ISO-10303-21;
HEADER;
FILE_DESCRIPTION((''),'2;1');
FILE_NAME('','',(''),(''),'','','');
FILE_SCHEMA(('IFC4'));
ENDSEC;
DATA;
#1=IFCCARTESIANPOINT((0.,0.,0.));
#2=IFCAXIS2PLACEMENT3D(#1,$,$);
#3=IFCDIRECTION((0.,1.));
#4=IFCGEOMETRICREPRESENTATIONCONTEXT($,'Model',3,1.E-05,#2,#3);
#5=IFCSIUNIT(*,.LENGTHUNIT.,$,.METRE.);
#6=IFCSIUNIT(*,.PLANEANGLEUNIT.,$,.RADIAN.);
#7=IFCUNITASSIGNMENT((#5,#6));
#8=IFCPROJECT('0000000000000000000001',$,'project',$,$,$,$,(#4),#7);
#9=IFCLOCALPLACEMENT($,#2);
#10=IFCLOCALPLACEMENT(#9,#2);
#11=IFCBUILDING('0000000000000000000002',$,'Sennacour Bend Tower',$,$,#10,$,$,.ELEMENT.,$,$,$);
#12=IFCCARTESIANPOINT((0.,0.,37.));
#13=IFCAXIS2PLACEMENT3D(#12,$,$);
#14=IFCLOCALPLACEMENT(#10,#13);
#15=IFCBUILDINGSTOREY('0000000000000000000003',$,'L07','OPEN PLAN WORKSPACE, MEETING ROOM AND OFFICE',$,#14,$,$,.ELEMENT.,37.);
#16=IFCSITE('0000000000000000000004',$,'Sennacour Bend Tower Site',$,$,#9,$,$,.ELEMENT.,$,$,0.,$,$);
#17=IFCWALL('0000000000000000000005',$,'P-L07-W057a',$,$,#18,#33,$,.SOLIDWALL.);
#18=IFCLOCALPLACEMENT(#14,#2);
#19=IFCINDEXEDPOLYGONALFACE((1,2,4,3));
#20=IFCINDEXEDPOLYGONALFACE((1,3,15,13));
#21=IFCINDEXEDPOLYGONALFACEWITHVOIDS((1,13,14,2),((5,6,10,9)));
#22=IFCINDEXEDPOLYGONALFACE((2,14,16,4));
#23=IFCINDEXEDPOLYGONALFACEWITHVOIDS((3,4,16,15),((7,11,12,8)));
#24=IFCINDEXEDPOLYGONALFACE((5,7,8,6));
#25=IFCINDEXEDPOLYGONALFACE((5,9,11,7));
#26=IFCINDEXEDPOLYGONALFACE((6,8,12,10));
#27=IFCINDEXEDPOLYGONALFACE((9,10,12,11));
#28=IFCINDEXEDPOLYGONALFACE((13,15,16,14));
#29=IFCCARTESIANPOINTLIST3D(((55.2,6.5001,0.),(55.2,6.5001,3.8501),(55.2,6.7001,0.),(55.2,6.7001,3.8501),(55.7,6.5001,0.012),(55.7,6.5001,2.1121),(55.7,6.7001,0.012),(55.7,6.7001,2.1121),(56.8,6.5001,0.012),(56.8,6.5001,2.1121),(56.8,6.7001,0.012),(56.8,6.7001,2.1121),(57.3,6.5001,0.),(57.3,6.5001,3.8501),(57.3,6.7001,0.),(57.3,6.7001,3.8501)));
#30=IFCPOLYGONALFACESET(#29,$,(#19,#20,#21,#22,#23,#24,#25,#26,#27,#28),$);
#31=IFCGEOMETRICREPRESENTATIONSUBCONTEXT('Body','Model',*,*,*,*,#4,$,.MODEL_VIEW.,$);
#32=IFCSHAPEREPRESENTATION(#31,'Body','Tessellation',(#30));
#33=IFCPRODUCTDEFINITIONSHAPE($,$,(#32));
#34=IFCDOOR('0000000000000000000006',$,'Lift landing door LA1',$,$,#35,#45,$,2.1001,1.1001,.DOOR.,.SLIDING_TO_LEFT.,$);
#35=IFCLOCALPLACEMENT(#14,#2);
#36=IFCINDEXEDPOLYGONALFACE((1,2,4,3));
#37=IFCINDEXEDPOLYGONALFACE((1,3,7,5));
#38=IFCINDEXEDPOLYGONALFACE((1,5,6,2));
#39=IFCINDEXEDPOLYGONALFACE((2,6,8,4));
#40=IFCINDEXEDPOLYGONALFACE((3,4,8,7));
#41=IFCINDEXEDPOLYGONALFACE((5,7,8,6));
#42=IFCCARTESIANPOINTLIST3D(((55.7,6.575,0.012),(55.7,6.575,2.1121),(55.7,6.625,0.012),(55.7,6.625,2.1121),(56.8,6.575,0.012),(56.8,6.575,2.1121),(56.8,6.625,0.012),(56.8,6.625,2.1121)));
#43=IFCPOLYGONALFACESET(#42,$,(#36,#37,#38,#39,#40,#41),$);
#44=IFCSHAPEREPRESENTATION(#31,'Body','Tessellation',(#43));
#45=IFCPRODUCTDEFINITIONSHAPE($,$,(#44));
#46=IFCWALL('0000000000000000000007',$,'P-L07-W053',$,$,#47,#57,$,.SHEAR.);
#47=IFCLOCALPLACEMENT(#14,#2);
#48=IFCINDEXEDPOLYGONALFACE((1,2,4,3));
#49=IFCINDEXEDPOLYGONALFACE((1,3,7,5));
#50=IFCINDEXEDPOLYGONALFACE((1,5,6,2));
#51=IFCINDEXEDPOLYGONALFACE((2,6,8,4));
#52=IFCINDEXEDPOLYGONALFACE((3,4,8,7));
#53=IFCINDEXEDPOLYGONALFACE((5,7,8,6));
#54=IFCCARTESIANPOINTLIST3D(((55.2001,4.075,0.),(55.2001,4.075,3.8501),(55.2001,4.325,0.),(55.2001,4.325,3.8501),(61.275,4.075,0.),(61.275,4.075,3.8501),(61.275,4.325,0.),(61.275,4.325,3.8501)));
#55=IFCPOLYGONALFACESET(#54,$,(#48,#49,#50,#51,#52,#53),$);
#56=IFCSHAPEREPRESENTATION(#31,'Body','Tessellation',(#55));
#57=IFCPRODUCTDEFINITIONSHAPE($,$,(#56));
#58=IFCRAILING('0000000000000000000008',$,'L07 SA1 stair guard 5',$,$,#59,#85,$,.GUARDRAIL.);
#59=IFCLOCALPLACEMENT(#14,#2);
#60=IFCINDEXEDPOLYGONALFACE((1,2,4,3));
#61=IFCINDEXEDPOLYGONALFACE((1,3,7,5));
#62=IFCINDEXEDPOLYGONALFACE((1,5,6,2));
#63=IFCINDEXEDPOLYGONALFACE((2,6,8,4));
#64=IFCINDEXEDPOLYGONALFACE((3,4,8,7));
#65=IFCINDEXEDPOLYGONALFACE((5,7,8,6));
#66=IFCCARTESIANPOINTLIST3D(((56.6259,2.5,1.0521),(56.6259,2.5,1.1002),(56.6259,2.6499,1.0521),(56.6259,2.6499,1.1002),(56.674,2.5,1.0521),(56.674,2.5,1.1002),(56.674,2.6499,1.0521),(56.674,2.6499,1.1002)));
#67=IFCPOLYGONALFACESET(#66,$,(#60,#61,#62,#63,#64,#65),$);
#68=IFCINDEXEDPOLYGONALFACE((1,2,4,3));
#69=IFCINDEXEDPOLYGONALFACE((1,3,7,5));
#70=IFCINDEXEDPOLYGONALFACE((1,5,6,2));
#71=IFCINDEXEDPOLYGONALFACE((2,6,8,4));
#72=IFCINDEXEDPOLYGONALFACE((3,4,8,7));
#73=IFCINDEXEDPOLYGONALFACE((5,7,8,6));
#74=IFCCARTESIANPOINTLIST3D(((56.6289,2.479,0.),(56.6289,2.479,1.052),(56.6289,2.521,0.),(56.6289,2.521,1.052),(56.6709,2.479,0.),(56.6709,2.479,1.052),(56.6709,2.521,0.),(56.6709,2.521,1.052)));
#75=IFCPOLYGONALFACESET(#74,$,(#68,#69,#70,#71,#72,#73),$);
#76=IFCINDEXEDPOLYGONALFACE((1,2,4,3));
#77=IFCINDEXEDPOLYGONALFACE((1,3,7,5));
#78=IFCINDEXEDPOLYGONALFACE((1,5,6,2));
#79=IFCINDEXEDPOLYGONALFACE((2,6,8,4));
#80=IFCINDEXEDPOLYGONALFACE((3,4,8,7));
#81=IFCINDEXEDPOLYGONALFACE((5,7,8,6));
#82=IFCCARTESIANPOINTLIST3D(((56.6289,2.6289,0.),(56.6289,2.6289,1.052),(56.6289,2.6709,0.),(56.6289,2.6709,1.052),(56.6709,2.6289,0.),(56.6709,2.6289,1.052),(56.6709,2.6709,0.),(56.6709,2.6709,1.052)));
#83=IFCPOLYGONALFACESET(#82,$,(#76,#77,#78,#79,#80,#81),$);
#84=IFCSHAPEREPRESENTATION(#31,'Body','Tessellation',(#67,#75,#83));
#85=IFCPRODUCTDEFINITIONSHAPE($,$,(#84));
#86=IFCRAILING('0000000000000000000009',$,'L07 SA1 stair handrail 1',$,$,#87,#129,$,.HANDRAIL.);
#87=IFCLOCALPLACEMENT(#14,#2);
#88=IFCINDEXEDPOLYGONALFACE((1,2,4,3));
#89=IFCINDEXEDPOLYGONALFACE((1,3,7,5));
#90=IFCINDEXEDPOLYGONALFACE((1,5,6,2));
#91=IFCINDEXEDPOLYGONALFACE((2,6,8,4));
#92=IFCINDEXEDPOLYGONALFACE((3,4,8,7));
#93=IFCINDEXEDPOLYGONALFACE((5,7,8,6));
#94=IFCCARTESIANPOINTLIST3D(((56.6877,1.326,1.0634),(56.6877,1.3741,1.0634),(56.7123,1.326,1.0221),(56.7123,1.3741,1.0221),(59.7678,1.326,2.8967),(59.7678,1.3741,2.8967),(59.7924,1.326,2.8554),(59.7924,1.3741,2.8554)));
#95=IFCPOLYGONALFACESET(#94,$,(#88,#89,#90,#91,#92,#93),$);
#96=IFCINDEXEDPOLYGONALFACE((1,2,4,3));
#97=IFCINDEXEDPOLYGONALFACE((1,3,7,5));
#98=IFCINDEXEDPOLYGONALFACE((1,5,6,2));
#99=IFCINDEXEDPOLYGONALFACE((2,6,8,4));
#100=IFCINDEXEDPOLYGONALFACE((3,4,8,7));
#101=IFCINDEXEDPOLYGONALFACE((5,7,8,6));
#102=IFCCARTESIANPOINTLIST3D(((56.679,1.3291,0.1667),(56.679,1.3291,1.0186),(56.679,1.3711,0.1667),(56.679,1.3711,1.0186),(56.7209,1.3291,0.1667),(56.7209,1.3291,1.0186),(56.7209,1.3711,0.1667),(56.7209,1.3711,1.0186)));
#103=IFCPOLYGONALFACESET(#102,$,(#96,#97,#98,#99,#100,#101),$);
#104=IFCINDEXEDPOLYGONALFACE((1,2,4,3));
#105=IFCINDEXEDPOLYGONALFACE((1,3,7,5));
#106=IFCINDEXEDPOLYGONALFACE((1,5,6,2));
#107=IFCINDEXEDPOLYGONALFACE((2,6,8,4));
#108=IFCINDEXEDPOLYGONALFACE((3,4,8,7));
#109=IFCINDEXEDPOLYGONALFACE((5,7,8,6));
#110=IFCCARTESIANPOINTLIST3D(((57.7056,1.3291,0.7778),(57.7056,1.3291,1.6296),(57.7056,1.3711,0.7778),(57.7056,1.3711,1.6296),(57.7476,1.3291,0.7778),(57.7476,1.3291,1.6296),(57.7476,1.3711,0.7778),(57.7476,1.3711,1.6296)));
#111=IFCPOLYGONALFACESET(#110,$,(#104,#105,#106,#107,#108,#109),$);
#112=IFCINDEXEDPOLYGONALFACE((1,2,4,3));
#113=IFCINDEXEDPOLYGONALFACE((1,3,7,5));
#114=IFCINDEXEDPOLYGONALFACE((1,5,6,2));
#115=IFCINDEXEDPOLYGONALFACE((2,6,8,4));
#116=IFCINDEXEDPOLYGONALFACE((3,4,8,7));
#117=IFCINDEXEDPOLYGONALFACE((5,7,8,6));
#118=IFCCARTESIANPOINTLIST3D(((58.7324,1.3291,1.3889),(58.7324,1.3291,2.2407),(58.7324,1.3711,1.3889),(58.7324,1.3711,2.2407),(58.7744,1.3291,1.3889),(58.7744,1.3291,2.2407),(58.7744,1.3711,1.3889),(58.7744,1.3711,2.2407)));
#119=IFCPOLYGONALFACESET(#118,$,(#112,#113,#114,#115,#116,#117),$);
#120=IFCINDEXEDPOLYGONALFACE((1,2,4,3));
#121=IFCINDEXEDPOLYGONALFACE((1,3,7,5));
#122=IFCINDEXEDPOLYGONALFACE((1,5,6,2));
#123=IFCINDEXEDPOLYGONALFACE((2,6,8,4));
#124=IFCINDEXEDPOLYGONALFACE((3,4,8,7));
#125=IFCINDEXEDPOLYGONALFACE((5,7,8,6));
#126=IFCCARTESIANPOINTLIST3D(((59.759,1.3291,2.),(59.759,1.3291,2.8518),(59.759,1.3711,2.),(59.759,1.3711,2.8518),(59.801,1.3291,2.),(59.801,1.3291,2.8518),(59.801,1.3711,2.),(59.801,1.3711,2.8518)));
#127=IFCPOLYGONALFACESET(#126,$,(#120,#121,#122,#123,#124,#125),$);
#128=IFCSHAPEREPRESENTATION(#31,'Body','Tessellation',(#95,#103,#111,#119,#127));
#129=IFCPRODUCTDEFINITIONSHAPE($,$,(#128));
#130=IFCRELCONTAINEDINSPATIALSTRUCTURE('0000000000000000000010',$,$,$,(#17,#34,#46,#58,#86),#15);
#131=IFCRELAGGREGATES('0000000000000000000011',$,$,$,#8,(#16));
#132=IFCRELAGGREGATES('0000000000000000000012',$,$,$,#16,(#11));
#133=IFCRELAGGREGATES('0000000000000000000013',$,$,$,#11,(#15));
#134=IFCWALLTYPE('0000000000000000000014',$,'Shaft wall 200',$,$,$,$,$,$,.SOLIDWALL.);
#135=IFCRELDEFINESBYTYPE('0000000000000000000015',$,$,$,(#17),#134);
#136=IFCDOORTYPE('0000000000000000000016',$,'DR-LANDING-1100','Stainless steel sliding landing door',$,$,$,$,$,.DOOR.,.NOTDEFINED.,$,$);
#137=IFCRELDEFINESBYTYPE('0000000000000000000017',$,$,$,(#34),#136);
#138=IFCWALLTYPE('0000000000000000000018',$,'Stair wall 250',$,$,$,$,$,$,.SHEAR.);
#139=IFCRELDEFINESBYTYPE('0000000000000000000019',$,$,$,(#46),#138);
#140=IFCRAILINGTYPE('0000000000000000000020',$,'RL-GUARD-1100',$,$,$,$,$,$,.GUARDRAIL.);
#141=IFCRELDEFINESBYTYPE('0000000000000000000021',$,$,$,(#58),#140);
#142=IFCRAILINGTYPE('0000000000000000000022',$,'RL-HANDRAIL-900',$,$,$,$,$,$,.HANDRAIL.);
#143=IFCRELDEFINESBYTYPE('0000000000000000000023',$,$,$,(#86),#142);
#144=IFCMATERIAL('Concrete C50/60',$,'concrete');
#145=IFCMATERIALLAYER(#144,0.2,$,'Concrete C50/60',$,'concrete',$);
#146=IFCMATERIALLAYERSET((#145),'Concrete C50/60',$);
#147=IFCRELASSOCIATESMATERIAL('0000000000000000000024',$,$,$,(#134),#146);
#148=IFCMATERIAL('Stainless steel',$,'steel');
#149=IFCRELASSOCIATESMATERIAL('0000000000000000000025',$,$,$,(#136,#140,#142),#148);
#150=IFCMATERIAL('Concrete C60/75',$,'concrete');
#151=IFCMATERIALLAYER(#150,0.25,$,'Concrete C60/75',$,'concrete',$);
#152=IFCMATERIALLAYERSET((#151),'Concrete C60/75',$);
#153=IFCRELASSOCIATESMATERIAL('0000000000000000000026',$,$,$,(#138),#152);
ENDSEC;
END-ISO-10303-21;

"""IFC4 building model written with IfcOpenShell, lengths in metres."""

from ifc_helpers import new_model, si_unit, direction, frame, frame_2d, origin, origin_2d, place, context, subcontext, project, spatial, rectangle, extrude, material, layer, layer_set, type_object, element, fill, save


model = new_model("IFC4")

# Units and contexts
model_context = context("Model", 3, precision=1e-05, world=origin(), true_north=direction((0.0, 1.0)))
body_context = subcontext(model_context, "Body", "Model", "MODEL_VIEW")
ifc_project = project(units=[si_unit("LENGTHUNIT", "METRE"), si_unit("PLANEANGLEUNIT", "RADIAN")], contexts=[model_context])

# Site, building, storey
site_placement = place(None, origin())
site = spatial("IfcSite", under=ifc_project, at=site_placement, Name="Sennacour Bend Tower Site", CompositionType="ELEMENT", RefElevation=0.0)
building_placement = place(site_placement, origin())
building = spatial("IfcBuilding", under=site, at=building_placement, Name="Sennacour Bend Tower", CompositionType="ELEMENT")
storey_placement = place(building_placement, frame((0.0, 0.0, 37.0)))
storey = spatial("IfcBuildingStorey", under=building, at=storey_placement, Name="L07", Description="OPEN PLAN WORKSPACE, MEETING ROOM AND OFFICE", CompositionType="ELEMENT", Elevation=37.0)

# Wall, opening, door
ifc_material_1 = material(Name="Concrete C50/60", Category="concrete")
ifc_layer_1 = layer(ifc_material_1, 0.2, Name="Concrete C50/60", Category="concrete")
ifc_layer_set_1 = layer_set([ifc_layer_1], Name="Concrete C50/60")
wall_type_1 = type_object("IfcWallType", Name="Shaft wall 200", PredefinedType="SOLIDWALL", material=ifc_layer_set_1)
wall_1_placement = place(storey_placement, frame((55.2, 6.6001, 0.0), z_axis=(0.0, 0.0, 1.0), x_axis=(1.0, 0.0, 0.0)))
wall_1 = element("IfcWall", 1, at=wall_1_placement, inside=storey, type_object=wall_type_1, Name="P-L07-W057a", PredefinedType="SOLIDWALL", context=body_context, shape_type="SweptSolid", body=[
    extrude(rectangle(XDim=2.1001, YDim=0.2, at=frame_2d((1.05, 0.0))), origin(), (0.0, 0.0, 1.0), 3.8501),
])
opening_1_placement = place(wall_1_placement, frame((0.5, 0.0, 0.012)))
opening_1 = element("IfcOpeningElement", 2, at=opening_1_placement, cuts=wall_1, PredefinedType="OPENING", context=body_context, shape_type="SweptSolid", body=[
    extrude(rectangle(XDim=1.1001, YDim=2.1001, at=frame_2d((0.55, 1.05))), frame((0.0, 0.1099, 0.0), z_axis=(0.0, -1.0, 0.0), x_axis=(1.0, 0.0, 0.0)), (0.0, 0.0, 1.0), 0.22),
])
ifc_material_2 = material(Name="Stainless steel", Category="steel")
door_type_1 = type_object("IfcDoorType", Name="DR-LANDING-1100", Description="Stainless steel sliding landing door", OperationType="NOTDEFINED", PredefinedType="DOOR", material=ifc_material_2)
door_1_placement = place(opening_1_placement, origin())
door_1 = element("IfcDoor", 3, at=door_1_placement, inside=storey, type_object=door_type_1, Name="Lift landing door LA1", OperationType="SLIDING_TO_LEFT", OverallHeight=2.1001, OverallWidth=1.1001, PredefinedType="DOOR", context=body_context, shape_type="SweptSolid", body=[
    extrude(rectangle(XDim=1.1001, YDim=2.1001, at=frame_2d((0.55, 1.05))), frame((0.0, 0.0249, 0.0), z_axis=(0.0, -1.0, 0.0), x_axis=(1.0, 0.0, 0.0)), (0.0, 0.0, 1.0), 0.05),
])
fill(opening_1, door_1)

# Wall
ifc_material_3 = material(Name="Concrete C60/75", Category="concrete")
ifc_layer_2 = layer(ifc_material_3, 0.25, Name="Concrete C60/75", Category="concrete")
ifc_layer_set_2 = layer_set([ifc_layer_2], Name="Concrete C60/75")
wall_type_2 = type_object("IfcWallType", Name="Stair wall 250", PredefinedType="SHEAR", material=ifc_layer_set_2)
wall_2_placement = place(storey_placement, frame((55.2, 4.2, 0.0), z_axis=(0.0, 0.0, 1.0), x_axis=(1.0, 0.0, 0.0)))
element("IfcWall", 4, at=wall_2_placement, inside=storey, type_object=wall_type_2, Name="P-L07-W053", PredefinedType="SHEAR", context=body_context, shape_type="SweptSolid", body=[
    extrude(rectangle(XDim=6.075, YDim=0.25, at=frame_2d((3.0376, 0.0))), origin(), (0.0, 0.0, 1.0), 3.8501),
])

# Railings
railing_type_1 = type_object("IfcRailingType", Name="RL-GUARD-1100", PredefinedType="GUARDRAIL", material=ifc_material_2)
railing_1_placement = place(storey_placement, frame((56.6499, 2.5, 0.0)))
element("IfcRailing", 5, at=railing_1_placement, inside=storey, type_object=railing_type_1, Name="L07 SA1 stair guard 5", PredefinedType="GUARDRAIL", context=body_context, shape_type="SweptSolid", body=[
    extrude(rectangle(XDim=0.0481, YDim=0.0481, at=origin_2d()), frame((0.0, 0.0, 1.0762), z_axis=(0.0, 1.0, 0.0), x_axis=(-1.0, 0.0, 0.0)), (0.0, 0.0, 1.0), 0.1499),
    extrude(rectangle(XDim=0.042, YDim=0.042, at=origin_2d()), origin(), (0.0, 0.0, 1.0), 1.052),
    extrude(rectangle(XDim=0.042, YDim=0.042, at=origin_2d()), frame((0.0, 0.1499, 0.0)), (0.0, 0.0, 1.0), 1.052),
])
railing_type_2 = type_object("IfcRailingType", Name="RL-HANDRAIL-900", PredefinedType="HANDRAIL", material=ifc_material_2)
railing_2_placement = place(storey_placement, frame((56.7, 1.3501, 0.1667)))
element("IfcRailing", 6, at=railing_2_placement, inside=storey, type_object=railing_type_2, Name="L07 SA1 stair handrail 1", PredefinedType="HANDRAIL", context=body_context, shape_type="SweptSolid", body=[
    extrude(rectangle(XDim=0.0481, YDim=0.0481, at=origin_2d()), frame((0.0, 0.0, 0.876), z_axis=(0.859309, 0.0, 0.511458), x_axis=(0.0, 1.0, 0.0)), (0.0, 0.0, 1.0), 3.5845),
    extrude(rectangle(XDim=0.042, YDim=0.042, at=origin_2d()), origin(), (0.0, 0.0, 1.0), 0.8518),
    extrude(rectangle(XDim=0.042, YDim=0.042, at=origin_2d()), frame((1.0266, 0.0, 0.6111)), (0.0, 0.0, 1.0), 0.8518),
    extrude(rectangle(XDim=0.042, YDim=0.042, at=origin_2d()), frame((2.0535, 0.0, 1.2222)), (0.0, 0.0, 1.0), 0.8518),
    extrude(rectangle(XDim=0.042, YDim=0.042, at=origin_2d()), frame((3.0801, 0.0, 1.8333)), (0.0, 0.0, 1.0), 0.8518),
])

save(model, "model.ifc")
